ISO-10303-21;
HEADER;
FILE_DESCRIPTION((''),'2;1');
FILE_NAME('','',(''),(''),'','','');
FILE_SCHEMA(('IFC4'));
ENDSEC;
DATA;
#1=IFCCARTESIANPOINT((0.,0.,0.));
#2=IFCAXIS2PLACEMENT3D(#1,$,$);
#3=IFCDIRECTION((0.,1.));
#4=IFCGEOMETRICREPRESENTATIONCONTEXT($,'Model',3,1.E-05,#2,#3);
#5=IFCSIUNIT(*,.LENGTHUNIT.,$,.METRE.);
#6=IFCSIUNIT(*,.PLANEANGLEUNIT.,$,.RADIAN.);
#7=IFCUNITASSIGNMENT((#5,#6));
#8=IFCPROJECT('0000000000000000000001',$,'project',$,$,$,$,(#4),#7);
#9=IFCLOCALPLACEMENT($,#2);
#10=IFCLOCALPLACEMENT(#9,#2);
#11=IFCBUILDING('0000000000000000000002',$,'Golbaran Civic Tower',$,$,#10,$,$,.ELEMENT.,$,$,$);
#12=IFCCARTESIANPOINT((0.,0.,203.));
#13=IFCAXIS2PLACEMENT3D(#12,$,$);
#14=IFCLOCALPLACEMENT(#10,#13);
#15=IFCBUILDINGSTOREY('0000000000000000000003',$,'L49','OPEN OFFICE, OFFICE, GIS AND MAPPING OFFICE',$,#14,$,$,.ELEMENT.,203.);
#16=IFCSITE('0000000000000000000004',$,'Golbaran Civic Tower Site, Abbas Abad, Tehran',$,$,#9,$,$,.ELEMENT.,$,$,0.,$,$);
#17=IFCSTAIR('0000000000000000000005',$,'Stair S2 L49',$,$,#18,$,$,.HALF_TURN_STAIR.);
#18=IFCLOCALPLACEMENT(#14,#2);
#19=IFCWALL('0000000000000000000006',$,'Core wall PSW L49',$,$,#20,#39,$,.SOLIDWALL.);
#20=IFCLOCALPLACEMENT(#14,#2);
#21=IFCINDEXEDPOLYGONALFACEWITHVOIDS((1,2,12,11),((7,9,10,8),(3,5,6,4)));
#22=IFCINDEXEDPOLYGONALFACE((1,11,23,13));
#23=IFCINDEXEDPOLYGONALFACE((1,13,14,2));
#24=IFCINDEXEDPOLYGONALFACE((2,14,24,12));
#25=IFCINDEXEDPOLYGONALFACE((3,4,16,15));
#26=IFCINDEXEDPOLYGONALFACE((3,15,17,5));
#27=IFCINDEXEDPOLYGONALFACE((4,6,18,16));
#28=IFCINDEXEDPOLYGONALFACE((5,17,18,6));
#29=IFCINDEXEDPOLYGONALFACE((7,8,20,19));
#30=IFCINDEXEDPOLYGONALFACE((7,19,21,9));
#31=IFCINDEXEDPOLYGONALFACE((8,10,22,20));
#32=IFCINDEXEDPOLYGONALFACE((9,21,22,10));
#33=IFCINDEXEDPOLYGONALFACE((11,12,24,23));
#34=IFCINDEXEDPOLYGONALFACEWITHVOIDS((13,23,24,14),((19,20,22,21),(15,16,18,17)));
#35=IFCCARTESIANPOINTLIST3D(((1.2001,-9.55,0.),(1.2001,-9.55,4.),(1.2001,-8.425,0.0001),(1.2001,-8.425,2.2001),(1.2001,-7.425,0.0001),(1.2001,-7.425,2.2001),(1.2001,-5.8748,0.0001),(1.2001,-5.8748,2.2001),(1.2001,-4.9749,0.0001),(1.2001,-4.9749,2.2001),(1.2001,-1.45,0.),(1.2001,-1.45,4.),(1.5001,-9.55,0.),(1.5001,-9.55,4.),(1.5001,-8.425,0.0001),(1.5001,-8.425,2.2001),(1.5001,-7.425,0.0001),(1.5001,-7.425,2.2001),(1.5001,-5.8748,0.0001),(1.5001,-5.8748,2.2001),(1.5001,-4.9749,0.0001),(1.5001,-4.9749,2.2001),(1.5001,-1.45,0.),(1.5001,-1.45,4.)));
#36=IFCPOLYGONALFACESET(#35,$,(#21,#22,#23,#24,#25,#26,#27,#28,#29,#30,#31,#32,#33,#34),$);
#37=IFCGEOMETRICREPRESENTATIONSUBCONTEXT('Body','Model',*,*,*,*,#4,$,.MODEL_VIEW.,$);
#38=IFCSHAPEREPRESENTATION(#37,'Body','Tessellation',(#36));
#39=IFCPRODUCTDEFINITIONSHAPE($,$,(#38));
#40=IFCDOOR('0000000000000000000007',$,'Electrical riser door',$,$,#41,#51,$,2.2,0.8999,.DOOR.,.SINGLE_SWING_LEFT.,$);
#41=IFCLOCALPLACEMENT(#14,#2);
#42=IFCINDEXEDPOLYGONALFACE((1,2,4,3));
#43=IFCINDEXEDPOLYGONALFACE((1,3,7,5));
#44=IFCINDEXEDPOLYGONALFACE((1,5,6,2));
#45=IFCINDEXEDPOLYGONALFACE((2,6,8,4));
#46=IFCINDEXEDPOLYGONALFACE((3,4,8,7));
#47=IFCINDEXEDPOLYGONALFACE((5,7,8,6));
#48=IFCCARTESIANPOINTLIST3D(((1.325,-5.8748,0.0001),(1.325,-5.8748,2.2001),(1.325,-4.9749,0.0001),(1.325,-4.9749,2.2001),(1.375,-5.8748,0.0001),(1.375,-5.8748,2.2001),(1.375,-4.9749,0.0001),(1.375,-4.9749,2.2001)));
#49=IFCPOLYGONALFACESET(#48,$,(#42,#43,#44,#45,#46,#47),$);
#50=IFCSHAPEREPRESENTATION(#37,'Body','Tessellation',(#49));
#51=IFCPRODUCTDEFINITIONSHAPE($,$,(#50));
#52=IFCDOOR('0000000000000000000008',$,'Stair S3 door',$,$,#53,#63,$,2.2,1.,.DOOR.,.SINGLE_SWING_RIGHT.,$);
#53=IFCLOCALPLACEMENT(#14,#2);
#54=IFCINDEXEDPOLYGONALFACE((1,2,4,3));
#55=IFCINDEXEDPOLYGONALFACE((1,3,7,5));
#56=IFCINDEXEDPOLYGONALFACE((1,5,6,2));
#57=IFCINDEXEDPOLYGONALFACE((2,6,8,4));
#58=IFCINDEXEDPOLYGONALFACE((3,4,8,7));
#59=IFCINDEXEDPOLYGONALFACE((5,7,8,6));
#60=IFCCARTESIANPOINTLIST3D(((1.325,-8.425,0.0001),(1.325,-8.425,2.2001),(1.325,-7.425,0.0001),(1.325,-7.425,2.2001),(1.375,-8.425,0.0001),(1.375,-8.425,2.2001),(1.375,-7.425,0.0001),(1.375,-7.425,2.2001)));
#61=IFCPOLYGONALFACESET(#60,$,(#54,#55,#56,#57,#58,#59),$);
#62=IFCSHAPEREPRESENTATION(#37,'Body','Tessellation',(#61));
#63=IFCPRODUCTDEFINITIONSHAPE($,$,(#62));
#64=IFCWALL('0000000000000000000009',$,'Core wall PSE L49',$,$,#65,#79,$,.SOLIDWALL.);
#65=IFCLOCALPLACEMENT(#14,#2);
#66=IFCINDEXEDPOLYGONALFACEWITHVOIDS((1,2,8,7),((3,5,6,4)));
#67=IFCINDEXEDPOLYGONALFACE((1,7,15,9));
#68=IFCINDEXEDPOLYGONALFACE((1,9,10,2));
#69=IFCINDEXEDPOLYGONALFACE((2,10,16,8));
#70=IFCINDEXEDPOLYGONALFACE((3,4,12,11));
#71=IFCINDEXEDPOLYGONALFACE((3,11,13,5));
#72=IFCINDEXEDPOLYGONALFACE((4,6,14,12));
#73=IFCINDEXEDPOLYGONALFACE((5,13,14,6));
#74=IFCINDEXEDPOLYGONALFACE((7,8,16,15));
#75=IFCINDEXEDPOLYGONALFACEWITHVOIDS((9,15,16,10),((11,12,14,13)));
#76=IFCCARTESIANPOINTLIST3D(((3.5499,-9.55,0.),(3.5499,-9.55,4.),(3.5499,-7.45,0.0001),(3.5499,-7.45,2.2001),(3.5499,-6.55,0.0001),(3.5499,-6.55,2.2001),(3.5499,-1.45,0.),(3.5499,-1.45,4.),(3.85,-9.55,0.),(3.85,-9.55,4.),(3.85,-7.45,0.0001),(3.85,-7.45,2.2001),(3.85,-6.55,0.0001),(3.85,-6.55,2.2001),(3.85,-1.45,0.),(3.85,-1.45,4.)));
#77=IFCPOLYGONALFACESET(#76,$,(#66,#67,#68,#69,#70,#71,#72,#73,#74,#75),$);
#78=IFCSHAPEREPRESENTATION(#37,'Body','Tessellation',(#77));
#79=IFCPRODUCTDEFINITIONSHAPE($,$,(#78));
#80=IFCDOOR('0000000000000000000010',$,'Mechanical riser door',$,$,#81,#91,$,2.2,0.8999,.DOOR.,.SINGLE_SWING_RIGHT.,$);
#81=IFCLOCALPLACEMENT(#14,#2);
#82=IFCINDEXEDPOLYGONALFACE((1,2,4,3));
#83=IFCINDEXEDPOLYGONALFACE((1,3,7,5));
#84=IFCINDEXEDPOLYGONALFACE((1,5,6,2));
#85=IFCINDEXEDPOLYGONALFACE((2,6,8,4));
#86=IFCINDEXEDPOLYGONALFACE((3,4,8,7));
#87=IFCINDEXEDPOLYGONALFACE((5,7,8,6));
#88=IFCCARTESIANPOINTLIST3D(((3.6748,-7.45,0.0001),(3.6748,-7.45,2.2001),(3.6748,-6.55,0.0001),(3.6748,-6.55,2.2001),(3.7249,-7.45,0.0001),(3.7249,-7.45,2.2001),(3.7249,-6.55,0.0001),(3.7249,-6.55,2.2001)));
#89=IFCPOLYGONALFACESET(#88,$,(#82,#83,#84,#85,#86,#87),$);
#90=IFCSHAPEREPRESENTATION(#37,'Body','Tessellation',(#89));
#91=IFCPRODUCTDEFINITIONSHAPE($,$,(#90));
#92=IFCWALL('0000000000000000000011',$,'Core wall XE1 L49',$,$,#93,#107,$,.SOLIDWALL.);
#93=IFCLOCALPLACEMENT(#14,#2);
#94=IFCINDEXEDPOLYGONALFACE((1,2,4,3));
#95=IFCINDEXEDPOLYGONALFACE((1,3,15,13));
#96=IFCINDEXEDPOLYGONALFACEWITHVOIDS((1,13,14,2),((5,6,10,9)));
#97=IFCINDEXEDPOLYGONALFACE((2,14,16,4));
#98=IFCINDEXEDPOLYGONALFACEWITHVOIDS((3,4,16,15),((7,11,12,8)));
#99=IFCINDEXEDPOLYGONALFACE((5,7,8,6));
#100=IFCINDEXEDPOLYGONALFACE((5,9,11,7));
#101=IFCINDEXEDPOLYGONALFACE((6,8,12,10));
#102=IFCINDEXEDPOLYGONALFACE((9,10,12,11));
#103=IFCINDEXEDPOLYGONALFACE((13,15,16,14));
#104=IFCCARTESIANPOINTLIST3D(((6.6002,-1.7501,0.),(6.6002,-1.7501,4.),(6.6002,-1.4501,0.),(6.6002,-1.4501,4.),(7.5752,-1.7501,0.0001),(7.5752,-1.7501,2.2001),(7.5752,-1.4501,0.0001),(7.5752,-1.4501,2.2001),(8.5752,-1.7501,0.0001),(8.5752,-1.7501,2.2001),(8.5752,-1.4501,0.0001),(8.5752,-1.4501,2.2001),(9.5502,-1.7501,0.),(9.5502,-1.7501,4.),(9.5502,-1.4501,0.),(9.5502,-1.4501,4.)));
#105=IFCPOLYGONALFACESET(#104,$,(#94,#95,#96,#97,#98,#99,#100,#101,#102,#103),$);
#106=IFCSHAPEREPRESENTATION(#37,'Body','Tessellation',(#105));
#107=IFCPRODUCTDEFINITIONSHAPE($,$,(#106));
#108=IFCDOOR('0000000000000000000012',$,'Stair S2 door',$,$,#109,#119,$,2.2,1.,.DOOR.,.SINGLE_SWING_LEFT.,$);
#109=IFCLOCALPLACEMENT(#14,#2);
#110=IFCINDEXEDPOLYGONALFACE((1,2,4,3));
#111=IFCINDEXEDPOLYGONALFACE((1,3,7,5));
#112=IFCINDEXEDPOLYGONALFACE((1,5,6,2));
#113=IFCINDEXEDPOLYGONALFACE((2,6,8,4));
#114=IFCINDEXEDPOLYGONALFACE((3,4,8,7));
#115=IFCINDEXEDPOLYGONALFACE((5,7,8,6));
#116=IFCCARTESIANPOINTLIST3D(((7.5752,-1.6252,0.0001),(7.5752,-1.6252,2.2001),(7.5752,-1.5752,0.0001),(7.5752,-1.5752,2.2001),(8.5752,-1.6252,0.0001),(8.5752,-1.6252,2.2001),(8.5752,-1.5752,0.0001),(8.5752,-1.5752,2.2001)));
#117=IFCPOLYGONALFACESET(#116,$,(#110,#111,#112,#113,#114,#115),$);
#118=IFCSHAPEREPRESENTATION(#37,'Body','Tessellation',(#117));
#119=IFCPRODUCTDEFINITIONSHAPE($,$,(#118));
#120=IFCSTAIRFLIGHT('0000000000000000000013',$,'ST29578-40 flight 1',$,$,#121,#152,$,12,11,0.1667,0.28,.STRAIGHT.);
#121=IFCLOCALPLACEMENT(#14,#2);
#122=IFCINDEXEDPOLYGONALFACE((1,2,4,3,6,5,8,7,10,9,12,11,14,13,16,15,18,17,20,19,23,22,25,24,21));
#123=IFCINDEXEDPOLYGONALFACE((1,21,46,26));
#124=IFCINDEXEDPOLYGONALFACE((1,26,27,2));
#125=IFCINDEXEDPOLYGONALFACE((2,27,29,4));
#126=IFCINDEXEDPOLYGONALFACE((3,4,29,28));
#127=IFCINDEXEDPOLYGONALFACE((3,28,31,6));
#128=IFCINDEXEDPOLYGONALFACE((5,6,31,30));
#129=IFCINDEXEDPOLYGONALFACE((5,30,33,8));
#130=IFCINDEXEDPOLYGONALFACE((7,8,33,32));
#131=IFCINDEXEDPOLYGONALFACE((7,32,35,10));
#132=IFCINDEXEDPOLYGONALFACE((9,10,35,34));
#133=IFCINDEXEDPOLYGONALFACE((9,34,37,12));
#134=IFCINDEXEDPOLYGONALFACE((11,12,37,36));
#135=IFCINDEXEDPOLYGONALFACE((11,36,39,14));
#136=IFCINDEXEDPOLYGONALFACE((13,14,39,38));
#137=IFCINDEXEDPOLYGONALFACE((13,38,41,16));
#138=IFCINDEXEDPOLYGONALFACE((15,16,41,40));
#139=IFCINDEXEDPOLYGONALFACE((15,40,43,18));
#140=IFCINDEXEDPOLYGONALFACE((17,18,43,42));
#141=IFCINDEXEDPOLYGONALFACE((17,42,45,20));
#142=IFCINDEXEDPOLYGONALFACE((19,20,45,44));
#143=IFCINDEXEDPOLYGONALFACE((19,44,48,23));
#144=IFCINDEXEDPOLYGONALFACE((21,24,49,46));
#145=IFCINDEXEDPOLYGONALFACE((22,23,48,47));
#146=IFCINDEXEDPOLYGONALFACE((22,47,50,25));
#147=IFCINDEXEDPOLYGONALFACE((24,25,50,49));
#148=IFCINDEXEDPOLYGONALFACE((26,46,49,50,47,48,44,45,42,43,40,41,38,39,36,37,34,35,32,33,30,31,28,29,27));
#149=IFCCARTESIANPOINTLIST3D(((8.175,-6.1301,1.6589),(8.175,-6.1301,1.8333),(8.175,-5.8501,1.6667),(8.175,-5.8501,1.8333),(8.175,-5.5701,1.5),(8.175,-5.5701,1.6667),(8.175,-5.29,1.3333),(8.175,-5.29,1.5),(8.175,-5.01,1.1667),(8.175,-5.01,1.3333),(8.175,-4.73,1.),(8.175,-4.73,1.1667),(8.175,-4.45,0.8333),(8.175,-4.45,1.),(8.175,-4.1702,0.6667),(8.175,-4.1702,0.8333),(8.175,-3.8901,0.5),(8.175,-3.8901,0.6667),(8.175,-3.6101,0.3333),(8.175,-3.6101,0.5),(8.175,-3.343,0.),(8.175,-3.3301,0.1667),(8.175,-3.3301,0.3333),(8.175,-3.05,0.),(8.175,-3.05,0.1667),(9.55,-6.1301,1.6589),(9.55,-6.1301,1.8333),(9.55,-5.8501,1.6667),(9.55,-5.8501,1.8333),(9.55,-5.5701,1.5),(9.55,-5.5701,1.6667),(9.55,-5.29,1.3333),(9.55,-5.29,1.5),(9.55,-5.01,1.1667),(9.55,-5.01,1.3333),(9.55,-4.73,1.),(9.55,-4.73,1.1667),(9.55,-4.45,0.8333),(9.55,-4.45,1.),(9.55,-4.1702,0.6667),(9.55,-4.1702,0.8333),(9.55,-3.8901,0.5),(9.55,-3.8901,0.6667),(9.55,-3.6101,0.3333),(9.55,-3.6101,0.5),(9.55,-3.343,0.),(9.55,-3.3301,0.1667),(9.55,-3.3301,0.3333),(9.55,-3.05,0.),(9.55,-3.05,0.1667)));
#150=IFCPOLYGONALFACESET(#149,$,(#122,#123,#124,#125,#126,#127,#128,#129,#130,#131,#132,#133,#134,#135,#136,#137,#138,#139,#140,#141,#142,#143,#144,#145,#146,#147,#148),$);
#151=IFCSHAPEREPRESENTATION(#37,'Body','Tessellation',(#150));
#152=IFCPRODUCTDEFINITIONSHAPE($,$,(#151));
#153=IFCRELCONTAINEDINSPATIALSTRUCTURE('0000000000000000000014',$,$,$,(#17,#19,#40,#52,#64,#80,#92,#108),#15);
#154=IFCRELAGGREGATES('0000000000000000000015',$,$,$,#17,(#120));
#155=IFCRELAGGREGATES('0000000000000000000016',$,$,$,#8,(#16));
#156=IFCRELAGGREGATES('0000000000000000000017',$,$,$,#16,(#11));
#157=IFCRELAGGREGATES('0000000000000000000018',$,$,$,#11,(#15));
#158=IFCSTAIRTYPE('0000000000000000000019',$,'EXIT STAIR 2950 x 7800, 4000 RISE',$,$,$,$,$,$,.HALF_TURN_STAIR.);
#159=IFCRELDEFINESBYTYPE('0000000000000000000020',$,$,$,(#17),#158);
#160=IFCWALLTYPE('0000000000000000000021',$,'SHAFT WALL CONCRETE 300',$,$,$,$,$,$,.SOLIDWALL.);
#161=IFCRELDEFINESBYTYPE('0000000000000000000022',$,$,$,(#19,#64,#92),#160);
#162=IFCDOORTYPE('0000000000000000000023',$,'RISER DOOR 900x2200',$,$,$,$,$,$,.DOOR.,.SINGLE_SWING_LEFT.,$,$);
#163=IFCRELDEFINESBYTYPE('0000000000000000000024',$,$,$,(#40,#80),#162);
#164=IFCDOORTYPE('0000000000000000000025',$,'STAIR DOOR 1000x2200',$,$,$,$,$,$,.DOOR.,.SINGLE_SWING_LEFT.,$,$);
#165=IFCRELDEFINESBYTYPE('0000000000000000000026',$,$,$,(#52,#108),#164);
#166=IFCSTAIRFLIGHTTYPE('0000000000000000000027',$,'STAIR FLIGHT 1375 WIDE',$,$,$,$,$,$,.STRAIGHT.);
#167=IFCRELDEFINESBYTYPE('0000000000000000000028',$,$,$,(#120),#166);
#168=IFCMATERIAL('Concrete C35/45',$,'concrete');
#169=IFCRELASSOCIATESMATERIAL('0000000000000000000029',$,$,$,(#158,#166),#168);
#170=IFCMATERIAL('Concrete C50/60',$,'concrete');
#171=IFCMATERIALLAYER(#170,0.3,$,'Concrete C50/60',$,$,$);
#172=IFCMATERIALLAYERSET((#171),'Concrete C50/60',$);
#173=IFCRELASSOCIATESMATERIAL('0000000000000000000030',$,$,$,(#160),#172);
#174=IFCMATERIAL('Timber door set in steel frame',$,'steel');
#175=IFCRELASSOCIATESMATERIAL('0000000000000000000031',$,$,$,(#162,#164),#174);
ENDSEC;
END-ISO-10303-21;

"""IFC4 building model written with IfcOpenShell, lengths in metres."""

from ifc_helpers import new_model, si_unit, direction, frame, frame_2d, origin, place, context, subcontext, project, spatial, polyline, rectangle, outline, extrude, material, layer, layer_set, type_object, element, fill, aggregate, save


model = new_model("IFC4")

# Units and contexts
model_context = context("Model", 3, precision=1e-05, world=origin(), true_north=direction((0.0, 1.0)))
body_context = subcontext(model_context, "Body", "Model", "MODEL_VIEW")
ifc_project = project(units=[si_unit("LENGTHUNIT", "METRE"), si_unit("PLANEANGLEUNIT", "RADIAN")], contexts=[model_context])

# Site, building, storey
site_placement = place(None, origin())
site = spatial("IfcSite", under=ifc_project, at=site_placement, Name="Golbaran Civic Tower Site, Abbas Abad, Tehran", CompositionType="ELEMENT", RefElevation=0.0)
building_placement = place(site_placement, origin())
building = spatial("IfcBuilding", under=site, at=building_placement, Name="Golbaran Civic Tower", CompositionType="ELEMENT")
storey_placement = place(building_placement, frame((0.0, 0.0, 203.0)))
storey = spatial("IfcBuildingStorey", under=building, at=storey_placement, Name="L49", Description="OPEN OFFICE, OFFICE, GIS AND MAPPING OFFICE", CompositionType="ELEMENT", Elevation=203.0)

# Shared definitions
ifc_material_1 = material(Name="Concrete C35/45", Category="concrete")

# Stair
stair_type = type_object("IfcStairType", Name="EXIT STAIR 2950 x 7800, 4000 RISE", PredefinedType="HALF_TURN_STAIR", material=ifc_material_1)
stair_placement = place(storey_placement, origin())
stair = element("IfcStair", 1, at=stair_placement, inside=storey, type_object=stair_type, Name="Stair S2 L49", PredefinedType="HALF_TURN_STAIR")

# Shared definitions
ifc_material_2 = material(Name="Concrete C50/60", Category="concrete")

# Shared definitions
ifc_layer_1 = layer(ifc_material_2, 0.3, Name="Concrete C50/60")
ifc_layer_set_1 = layer_set([ifc_layer_1], Name="Concrete C50/60")
wall_type_1 = type_object("IfcWallType", Name="SHAFT WALL CONCRETE 300", PredefinedType="SOLIDWALL", material=ifc_layer_set_1)

# Wall, openings, doors
wall_1_placement = place(storey_placement, frame((1.3501, -1.45, 0.0), z_axis=(0.0, 0.0, 1.0), x_axis=(0.0, -1.0, 0.0)))
wall_1 = element("IfcWall", 2, at=wall_1_placement, inside=storey, type_object=wall_type_1, Name="Core wall PSW L49", PredefinedType="SOLIDWALL", context=body_context, shape_type="SweptSolid", body=[
    extrude(rectangle(XDim=8.1001, YDim=0.3, at=frame_2d((4.05, 0.0))), origin(), (0.0, 0.0, 1.0), 4.0),
])
opening_1_placement = place(wall_1_placement, frame((5.9751, 0.0, 0.0)))
opening_1 = element("IfcOpeningElement", 3, at=opening_1_placement, cuts=wall_1, PredefinedType="OPENING", context=body_context, shape_type="SweptSolid", body=[
    extrude(rectangle(XDim=1.0, YDim=2.2, at=frame_2d((0.5, 1.1001))), frame((0.0, 0.1599, 0.0), z_axis=(0.0, -1.0, 0.0), x_axis=(1.0, 0.0, 0.0)), (0.0, 0.0, 1.0), 0.3201),
])
opening_2_placement = place(wall_1_placement, frame((3.5249, 0.0, 0.0)))
opening_2 = element("IfcOpeningElement", 4, at=opening_2_placement, cuts=wall_1, PredefinedType="OPENING", context=body_context, shape_type="SweptSolid", body=[
    extrude(rectangle(XDim=0.8999, YDim=2.2, at=frame_2d((0.45, 1.1001))), frame((0.0, 0.1599, 0.0), z_axis=(0.0, -1.0, 0.0), x_axis=(1.0, 0.0, 0.0)), (0.0, 0.0, 1.0), 0.3201),
])
ifc_material_3 = material(Name="Timber door set in steel frame", Category="steel")
door_type_1 = type_object("IfcDoorType", Name="RISER DOOR 900x2200", OperationType="SINGLE_SWING_LEFT", PredefinedType="DOOR", material=ifc_material_3)
door_1_placement = place(opening_2_placement, origin())
door_1 = element("IfcDoor", 5, at=door_1_placement, inside=storey, type_object=door_type_1, Name="Electrical riser door", OperationType="SINGLE_SWING_LEFT", OverallHeight=2.2, OverallWidth=0.8999, PredefinedType="DOOR", context=body_context, shape_type="SweptSolid", body=[
    extrude(rectangle(XDim=0.8999, YDim=2.2, at=frame_2d((0.45, 1.1001))), frame((0.0, 0.0249, 0.0), z_axis=(0.0, -1.0, 0.0), x_axis=(1.0, 0.0, 0.0)), (0.0, 0.0, 1.0), 0.05),
])
fill(opening_2, door_1)
door_type_2 = type_object("IfcDoorType", Name="STAIR DOOR 1000x2200", OperationType="SINGLE_SWING_LEFT", PredefinedType="DOOR", material=ifc_material_3)
door_2_placement = place(opening_1_placement, origin())
door_2 = element("IfcDoor", 6, at=door_2_placement, inside=storey, type_object=door_type_2, Name="Stair S3 door", OperationType="SINGLE_SWING_RIGHT", OverallHeight=2.2, OverallWidth=1.0, PredefinedType="DOOR", context=body_context, shape_type="SweptSolid", body=[
    extrude(rectangle(XDim=1.0, YDim=2.2, at=frame_2d((0.5, 1.1001))), frame((0.0, 0.0249, 0.0), z_axis=(0.0, -1.0, 0.0), x_axis=(1.0, 0.0, 0.0)), (0.0, 0.0, 1.0), 0.05),
])
fill(opening_1, door_2)

# Walls, openings, doors
wall_2_placement = place(storey_placement, frame((3.7, -1.45, 0.0), z_axis=(0.0, 0.0, 1.0), x_axis=(0.0, -1.0, 0.0)))
wall_2 = element("IfcWall", 7, at=wall_2_placement, inside=storey, type_object=wall_type_1, Name="Core wall PSE L49", PredefinedType="SOLIDWALL", context=body_context, shape_type="SweptSolid", body=[
    extrude(rectangle(XDim=8.1001, YDim=0.3, at=frame_2d((4.05, 0.0))), origin(), (0.0, 0.0, 1.0), 4.0),
])
opening_3_placement = place(wall_2_placement, frame((5.1001, 0.0, 0.0)))
opening_3 = element("IfcOpeningElement", 8, at=opening_3_placement, cuts=wall_2, PredefinedType="OPENING", context=body_context, shape_type="SweptSolid", body=[
    extrude(rectangle(XDim=0.8999, YDim=2.2, at=frame_2d((0.45, 1.1001))), frame((0.0, 0.1599, 0.0), z_axis=(0.0, -1.0, 0.0), x_axis=(1.0, 0.0, 0.0)), (0.0, 0.0, 1.0), 0.3201),
])
door_3_placement = place(opening_3_placement, origin())
door_3 = element("IfcDoor", 9, at=door_3_placement, inside=storey, type_object=door_type_1, Name="Mechanical riser door", OperationType="SINGLE_SWING_RIGHT", OverallHeight=2.2, OverallWidth=0.8999, PredefinedType="DOOR", context=body_context, shape_type="SweptSolid", body=[
    extrude(rectangle(XDim=0.8999, YDim=2.2, at=frame_2d((0.45, 1.1001))), frame((0.0, 0.0249, 0.0), z_axis=(0.0, -1.0, 0.0), x_axis=(1.0, 0.0, 0.0)), (0.0, 0.0, 1.0), 0.05),
])
fill(opening_3, door_3)
wall_3_placement = place(storey_placement, frame((6.6001, -1.6001, 0.0), z_axis=(0.0, 0.0, 1.0), x_axis=(1.0, 0.0, 0.0)))
wall_3 = element("IfcWall", 10, at=wall_3_placement, inside=storey, type_object=wall_type_1, Name="Core wall XE1 L49", PredefinedType="SOLIDWALL", context=body_context, shape_type="SweptSolid", body=[
    extrude(rectangle(XDim=2.95, YDim=0.3, at=frame_2d((1.4751, 0.0))), origin(), (0.0, 0.0, 1.0), 4.0),
])
opening_4_placement = place(wall_3_placement, frame((0.9751, 0.0, 0.0)))
opening_4 = element("IfcOpeningElement", 11, at=opening_4_placement, cuts=wall_3, PredefinedType="OPENING", context=body_context, shape_type="SweptSolid", body=[
    extrude(rectangle(XDim=1.0, YDim=2.2, at=frame_2d((0.5, 1.1001))), frame((0.0, 0.1599, 0.0), z_axis=(0.0, -1.0, 0.0), x_axis=(1.0, 0.0, 0.0)), (0.0, 0.0, 1.0), 0.3201),
])
door_4_placement = place(opening_4_placement, origin())
door_4 = element("IfcDoor", 12, at=door_4_placement, inside=storey, type_object=door_type_2, Name="Stair S2 door", OperationType="SINGLE_SWING_LEFT", OverallHeight=2.2, OverallWidth=1.0, PredefinedType="DOOR", context=body_context, shape_type="SweptSolid", body=[
    extrude(rectangle(XDim=1.0, YDim=2.2, at=frame_2d((0.5, 1.1001))), frame((0.0, 0.0249, 0.0), z_axis=(0.0, -1.0, 0.0), x_axis=(1.0, 0.0, 0.0)), (0.0, 0.0, 1.0), 0.05),
])
fill(opening_4, door_4)

# Stair flight
stair_flight_type = type_object("IfcStairFlightType", Name="STAIR FLIGHT 1375 WIDE", PredefinedType="STRAIGHT", material=ifc_material_1)
stair_flight_1_placement = place(storey_placement, frame((8.8625, -3.05, 0.0), z_axis=(0.0, 0.0, 1.0), x_axis=(0.0, -1.0, 0.0)))
stair_flight_1 = element("IfcStairFlight", 13, at=stair_flight_1_placement, type_object=stair_flight_type, Name="ST29578-40 flight 1", NumberOfRisers=12, NumberOfTreads=11, PredefinedType="STRAIGHT", RiserHeight=0.1667, TreadLength=0.28, context=body_context, shape_type="SweptSolid", body=[
    extrude(outline(polyline([(0.0, 0.0), (0.0, 0.1667), (0.28, 0.1667), (0.28, 0.3333), (0.5601, 0.3333), (0.5601, 0.5), (0.8401, 0.5), (0.8401, 0.6667), (1.1201, 0.6667), (1.1201, 0.8333), (1.3999, 0.8333), (1.3999, 1.0), (1.6799, 1.0), (1.6799, 1.1667), (1.96, 1.1667), (1.96, 1.3333), (2.24, 1.3333), (2.24, 1.5), (2.52, 1.5), (2.52, 1.6667), (2.8, 1.6667), (2.8, 1.8333), (3.0801, 1.8333), (3.0801, 2.0), (3.0801, 1.6589), (0.293, 0.0), (0.0, 0.0)])), frame((0.0, 0.6875, 0.0), z_axis=(0.0, -1.0, 0.0), x_axis=(1.0, 0.0, 0.0)), (0.0, 0.0, 1.0), 1.375),
])
aggregate(stair, [stair_flight_1])

save(model, "model.ifc")
